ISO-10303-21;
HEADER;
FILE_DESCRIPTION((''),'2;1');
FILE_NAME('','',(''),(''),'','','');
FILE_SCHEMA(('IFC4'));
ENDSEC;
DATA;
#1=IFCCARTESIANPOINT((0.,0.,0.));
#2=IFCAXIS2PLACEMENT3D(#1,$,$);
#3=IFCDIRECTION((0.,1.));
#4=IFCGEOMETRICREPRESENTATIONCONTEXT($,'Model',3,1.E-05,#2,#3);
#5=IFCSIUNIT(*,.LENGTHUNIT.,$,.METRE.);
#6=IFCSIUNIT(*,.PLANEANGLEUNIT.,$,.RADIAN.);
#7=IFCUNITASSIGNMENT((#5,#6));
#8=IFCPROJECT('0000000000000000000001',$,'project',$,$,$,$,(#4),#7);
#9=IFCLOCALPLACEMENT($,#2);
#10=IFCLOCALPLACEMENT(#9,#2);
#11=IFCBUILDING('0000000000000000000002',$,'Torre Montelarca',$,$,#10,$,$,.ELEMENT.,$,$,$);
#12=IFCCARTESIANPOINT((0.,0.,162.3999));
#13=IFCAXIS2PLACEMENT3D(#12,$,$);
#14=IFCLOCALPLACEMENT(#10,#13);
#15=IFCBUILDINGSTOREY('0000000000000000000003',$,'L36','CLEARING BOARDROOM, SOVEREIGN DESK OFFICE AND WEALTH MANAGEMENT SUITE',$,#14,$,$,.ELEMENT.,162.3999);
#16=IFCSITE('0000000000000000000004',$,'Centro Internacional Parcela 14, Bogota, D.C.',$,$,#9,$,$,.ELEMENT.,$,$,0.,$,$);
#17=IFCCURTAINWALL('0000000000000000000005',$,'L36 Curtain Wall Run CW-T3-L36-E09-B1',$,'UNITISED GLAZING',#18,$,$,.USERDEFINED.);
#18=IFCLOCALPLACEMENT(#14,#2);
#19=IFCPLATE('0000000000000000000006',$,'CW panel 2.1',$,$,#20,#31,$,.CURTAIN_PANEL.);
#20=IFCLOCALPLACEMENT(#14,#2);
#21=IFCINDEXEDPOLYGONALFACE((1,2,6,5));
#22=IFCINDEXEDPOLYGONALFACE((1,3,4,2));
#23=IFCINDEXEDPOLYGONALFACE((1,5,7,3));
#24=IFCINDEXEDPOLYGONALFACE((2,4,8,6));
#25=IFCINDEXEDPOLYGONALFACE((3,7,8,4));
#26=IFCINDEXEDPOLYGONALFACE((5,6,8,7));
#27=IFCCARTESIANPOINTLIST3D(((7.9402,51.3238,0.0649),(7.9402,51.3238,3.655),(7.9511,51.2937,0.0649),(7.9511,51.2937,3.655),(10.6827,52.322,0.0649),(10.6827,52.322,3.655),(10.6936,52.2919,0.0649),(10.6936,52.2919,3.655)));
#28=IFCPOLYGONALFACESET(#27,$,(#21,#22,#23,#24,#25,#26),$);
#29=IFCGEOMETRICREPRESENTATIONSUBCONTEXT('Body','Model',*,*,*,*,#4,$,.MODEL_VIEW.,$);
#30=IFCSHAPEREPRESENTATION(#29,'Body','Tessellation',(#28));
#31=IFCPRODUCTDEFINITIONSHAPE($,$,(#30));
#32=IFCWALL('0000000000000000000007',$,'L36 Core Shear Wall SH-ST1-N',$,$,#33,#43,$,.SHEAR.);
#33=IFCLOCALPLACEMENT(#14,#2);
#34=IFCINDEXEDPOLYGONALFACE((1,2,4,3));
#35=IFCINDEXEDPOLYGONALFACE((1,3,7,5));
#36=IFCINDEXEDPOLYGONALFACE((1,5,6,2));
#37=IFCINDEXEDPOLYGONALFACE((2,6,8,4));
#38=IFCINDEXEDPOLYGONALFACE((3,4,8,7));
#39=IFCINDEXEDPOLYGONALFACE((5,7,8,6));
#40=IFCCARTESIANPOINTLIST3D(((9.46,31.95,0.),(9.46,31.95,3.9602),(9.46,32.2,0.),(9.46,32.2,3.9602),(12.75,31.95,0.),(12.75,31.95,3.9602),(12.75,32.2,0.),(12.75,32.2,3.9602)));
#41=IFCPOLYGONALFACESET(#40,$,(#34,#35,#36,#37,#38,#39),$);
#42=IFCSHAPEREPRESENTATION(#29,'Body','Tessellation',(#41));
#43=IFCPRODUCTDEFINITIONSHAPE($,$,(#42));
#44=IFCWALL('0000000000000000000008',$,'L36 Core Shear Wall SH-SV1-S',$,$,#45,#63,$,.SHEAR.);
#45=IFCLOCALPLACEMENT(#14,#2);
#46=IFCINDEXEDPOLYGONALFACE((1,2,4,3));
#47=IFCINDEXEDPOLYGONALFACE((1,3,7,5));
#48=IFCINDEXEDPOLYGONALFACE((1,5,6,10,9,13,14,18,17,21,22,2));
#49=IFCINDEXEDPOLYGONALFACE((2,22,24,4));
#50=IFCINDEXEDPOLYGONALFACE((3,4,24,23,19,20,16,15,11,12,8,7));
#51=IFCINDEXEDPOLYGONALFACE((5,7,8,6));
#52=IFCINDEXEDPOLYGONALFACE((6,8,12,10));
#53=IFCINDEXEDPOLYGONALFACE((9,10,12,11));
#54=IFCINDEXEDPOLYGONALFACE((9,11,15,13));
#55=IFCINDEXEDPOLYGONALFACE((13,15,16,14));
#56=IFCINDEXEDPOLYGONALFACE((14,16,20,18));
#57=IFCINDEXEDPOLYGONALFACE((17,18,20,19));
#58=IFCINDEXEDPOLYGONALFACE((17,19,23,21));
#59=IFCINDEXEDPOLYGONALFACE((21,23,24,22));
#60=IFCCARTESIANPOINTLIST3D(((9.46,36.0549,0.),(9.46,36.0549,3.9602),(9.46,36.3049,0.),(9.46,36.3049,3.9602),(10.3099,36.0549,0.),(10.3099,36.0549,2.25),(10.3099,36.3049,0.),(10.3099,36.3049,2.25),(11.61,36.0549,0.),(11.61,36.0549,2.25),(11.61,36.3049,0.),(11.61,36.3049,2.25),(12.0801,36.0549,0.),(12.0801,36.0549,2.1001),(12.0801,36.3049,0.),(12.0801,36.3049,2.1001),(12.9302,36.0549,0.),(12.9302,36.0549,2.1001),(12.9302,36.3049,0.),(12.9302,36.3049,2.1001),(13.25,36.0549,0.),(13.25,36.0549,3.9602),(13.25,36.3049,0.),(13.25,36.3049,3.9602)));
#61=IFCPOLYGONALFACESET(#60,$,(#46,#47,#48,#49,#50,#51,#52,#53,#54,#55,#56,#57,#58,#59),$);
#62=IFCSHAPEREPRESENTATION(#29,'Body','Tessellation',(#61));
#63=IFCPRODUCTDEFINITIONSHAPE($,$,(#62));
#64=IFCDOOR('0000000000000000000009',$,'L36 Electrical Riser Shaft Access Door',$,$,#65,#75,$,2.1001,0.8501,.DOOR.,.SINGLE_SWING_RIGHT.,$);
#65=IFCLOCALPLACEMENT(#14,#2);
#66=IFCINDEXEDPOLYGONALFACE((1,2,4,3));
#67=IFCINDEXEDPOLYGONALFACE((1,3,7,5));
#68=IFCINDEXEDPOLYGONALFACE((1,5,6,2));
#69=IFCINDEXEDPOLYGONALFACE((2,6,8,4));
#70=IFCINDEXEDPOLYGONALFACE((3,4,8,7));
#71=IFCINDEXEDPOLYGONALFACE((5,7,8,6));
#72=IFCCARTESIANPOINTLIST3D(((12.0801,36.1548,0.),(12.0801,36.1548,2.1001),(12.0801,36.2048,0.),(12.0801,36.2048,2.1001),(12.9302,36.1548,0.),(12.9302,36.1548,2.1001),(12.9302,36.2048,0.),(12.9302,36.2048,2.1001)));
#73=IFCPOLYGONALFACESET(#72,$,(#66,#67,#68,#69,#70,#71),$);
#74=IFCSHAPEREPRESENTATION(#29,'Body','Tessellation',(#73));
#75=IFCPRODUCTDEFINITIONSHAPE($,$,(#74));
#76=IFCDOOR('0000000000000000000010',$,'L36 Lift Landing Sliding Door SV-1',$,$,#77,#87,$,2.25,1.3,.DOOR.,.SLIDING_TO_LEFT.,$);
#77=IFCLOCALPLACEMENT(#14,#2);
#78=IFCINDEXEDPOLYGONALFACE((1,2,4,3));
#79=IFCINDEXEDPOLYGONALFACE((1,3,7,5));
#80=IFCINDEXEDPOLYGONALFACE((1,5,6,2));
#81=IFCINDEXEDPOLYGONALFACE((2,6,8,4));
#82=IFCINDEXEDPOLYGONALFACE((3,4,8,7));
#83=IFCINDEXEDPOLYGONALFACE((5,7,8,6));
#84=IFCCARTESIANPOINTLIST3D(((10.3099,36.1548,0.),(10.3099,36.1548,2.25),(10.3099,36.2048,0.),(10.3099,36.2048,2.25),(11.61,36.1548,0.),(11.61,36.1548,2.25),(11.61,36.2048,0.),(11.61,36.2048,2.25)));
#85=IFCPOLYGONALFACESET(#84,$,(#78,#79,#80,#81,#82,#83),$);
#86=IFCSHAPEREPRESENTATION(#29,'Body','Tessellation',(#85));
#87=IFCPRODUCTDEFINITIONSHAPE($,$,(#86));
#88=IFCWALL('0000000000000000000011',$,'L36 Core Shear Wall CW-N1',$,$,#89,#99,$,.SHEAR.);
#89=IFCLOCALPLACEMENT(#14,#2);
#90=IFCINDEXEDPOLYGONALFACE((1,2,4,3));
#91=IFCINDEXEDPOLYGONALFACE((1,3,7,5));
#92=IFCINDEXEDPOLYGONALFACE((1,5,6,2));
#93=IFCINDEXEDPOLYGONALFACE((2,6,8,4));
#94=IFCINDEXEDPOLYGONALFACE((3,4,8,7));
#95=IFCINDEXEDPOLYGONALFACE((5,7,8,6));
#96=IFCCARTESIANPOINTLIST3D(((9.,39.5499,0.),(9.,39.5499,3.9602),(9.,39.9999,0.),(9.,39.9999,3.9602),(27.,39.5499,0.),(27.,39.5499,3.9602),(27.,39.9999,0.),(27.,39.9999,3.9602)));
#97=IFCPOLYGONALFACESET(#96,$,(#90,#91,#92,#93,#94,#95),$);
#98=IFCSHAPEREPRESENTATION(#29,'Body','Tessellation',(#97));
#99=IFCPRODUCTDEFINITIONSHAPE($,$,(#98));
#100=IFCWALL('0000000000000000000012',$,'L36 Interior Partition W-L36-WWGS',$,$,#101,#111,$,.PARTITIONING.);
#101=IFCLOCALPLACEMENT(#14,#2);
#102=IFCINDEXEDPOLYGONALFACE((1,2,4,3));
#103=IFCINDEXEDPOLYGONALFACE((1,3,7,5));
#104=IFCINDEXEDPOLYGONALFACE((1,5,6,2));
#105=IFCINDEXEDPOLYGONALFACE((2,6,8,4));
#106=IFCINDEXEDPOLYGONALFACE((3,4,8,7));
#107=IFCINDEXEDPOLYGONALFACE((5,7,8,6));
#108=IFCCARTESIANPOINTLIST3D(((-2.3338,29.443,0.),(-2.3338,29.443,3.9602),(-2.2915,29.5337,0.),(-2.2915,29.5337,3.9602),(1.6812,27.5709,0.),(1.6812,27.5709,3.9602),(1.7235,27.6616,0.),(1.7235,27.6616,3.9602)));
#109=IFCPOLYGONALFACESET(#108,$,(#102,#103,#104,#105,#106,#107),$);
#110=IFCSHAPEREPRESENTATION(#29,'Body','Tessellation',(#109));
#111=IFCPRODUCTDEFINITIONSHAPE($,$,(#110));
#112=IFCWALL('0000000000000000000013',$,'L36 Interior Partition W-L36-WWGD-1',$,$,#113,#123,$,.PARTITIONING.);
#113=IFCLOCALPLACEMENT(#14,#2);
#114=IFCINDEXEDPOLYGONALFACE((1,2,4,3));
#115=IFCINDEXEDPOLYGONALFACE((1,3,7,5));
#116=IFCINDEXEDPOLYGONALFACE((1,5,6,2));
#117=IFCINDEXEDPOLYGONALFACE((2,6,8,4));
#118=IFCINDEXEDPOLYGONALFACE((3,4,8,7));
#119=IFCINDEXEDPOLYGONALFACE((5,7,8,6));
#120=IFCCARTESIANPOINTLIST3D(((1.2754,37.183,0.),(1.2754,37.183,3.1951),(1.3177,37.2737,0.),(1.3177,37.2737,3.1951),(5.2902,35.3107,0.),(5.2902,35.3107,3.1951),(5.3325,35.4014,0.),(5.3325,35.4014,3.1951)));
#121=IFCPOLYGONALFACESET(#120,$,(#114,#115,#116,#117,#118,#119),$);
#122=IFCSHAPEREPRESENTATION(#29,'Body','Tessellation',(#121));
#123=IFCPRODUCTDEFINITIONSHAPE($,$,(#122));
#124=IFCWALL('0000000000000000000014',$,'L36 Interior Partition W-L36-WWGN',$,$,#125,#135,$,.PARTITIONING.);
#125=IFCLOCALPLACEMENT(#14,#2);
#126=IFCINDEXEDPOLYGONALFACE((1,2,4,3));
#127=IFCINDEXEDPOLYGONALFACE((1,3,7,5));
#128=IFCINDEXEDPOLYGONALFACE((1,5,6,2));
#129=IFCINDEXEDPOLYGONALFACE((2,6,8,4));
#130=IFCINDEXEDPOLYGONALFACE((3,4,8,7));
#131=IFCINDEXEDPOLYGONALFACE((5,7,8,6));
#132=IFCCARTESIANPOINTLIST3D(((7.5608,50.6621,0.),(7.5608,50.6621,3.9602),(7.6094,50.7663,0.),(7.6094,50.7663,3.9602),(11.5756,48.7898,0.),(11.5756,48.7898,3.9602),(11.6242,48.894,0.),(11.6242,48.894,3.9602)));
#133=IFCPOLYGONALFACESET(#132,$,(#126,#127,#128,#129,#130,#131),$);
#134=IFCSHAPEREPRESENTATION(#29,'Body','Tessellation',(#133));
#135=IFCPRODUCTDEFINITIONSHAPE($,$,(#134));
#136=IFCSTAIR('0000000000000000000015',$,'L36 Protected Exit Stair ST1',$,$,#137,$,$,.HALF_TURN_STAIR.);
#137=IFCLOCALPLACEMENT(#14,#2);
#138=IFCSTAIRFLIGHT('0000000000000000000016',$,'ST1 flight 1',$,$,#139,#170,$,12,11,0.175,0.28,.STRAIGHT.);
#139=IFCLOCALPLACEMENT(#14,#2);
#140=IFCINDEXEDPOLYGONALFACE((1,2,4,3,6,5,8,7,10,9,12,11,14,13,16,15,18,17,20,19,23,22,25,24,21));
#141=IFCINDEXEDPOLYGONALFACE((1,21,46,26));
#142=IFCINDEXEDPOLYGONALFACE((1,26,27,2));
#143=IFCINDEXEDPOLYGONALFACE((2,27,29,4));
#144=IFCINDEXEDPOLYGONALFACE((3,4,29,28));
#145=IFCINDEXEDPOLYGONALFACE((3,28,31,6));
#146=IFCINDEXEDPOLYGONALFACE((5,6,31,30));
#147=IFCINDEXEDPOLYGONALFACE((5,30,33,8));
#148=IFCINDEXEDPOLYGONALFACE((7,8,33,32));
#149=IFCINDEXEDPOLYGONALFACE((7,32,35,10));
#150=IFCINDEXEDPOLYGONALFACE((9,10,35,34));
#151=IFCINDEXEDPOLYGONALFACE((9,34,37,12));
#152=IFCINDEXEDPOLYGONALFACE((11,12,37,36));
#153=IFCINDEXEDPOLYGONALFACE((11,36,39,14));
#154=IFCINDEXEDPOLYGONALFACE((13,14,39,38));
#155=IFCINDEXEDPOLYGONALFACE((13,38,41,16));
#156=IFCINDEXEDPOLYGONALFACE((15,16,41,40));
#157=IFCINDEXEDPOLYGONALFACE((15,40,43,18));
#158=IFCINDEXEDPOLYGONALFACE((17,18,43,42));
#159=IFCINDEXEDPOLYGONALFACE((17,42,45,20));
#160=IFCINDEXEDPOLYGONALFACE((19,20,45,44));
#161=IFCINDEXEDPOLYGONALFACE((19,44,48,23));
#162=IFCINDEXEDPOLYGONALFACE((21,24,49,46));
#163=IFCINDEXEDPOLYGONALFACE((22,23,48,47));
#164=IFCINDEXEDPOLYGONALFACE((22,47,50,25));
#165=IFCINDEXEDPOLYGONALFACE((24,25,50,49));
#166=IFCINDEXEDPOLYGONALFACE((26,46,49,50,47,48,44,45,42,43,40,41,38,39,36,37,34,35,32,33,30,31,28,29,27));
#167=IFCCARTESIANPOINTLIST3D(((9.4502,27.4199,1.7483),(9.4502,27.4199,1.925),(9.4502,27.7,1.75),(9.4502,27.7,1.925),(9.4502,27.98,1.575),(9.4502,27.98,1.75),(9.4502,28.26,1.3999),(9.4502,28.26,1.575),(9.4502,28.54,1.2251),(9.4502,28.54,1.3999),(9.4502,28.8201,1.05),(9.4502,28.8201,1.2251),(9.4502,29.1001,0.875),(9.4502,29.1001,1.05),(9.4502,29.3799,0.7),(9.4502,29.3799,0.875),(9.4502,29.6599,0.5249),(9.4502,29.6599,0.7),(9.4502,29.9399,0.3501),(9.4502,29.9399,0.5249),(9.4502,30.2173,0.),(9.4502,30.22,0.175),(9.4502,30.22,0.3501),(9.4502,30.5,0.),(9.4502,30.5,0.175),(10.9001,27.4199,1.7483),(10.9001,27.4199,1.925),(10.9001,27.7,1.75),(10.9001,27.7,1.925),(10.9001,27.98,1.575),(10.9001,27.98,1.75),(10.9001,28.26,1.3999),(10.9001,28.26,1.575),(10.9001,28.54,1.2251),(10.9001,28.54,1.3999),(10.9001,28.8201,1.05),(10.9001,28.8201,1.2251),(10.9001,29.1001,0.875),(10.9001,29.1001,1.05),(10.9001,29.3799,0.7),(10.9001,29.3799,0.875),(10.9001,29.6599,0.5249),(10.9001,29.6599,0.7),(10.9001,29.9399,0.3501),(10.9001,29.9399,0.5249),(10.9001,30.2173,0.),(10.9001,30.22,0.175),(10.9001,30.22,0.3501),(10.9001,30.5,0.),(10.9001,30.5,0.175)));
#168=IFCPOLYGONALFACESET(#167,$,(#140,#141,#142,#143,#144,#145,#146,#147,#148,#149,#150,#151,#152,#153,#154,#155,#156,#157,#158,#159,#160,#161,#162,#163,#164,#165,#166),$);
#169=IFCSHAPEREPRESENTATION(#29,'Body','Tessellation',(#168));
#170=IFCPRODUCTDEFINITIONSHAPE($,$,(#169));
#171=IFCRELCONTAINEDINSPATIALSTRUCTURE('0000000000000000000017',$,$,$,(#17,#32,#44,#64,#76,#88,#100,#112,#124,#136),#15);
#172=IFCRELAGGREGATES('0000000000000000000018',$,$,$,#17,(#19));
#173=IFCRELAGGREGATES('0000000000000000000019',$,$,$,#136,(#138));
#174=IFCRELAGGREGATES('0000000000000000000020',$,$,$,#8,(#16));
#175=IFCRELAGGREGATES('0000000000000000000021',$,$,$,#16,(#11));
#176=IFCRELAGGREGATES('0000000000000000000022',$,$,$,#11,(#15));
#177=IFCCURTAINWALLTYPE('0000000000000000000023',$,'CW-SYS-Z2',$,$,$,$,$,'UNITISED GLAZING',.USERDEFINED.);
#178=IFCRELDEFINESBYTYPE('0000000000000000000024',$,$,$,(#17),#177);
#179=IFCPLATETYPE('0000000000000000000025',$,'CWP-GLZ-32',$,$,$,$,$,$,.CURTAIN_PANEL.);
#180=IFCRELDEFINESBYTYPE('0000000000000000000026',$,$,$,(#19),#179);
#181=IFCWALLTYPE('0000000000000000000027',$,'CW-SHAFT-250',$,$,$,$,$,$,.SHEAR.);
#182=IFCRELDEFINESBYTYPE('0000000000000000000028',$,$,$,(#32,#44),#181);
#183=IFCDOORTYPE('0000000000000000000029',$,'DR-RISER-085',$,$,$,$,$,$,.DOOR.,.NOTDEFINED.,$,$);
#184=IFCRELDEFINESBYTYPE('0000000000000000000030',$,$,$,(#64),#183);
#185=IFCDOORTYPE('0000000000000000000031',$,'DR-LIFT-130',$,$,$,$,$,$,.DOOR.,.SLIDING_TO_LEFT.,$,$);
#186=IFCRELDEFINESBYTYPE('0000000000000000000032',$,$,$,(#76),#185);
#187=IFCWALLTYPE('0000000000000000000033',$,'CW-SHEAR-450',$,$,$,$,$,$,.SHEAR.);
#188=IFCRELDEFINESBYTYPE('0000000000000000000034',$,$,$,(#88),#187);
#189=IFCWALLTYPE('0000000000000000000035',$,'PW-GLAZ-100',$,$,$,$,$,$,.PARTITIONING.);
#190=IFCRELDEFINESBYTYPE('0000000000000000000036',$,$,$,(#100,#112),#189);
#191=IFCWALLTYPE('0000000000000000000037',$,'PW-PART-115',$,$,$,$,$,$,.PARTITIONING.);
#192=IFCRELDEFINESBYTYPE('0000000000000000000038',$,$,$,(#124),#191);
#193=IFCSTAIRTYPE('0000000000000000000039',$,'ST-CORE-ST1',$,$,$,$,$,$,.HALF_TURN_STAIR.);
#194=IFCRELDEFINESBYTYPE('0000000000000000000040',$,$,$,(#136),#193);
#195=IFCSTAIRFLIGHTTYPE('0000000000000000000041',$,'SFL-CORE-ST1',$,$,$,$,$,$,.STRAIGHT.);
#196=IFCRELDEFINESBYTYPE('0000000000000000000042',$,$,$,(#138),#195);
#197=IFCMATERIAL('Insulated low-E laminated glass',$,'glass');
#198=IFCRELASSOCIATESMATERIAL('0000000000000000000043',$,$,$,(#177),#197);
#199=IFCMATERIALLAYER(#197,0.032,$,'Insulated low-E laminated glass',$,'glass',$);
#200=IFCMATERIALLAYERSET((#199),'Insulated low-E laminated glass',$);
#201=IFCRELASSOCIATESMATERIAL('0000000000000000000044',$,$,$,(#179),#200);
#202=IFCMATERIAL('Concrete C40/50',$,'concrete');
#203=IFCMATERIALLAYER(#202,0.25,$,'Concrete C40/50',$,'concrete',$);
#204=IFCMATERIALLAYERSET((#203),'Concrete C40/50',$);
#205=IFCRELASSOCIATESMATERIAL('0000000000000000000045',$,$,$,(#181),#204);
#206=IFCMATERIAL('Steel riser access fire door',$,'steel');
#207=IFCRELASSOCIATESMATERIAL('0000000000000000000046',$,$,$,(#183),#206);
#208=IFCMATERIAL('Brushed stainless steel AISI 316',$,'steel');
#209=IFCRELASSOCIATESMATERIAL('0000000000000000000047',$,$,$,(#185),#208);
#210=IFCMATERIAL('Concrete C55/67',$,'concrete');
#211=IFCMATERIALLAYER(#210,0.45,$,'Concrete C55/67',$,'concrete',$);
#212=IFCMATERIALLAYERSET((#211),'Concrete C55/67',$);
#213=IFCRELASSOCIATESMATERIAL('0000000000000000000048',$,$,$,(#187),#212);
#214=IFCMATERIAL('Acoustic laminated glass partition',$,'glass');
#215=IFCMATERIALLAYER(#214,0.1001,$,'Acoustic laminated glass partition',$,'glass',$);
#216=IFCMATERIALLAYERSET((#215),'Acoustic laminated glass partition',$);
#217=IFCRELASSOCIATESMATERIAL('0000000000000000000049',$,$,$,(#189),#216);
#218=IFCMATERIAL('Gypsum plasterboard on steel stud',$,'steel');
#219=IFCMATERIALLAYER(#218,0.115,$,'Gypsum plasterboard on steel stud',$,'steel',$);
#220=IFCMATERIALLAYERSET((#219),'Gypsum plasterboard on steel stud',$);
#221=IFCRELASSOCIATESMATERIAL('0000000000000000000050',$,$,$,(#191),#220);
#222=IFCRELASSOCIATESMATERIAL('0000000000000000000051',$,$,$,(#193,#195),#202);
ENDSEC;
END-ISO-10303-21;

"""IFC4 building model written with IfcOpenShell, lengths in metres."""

from ifc_helpers import new_model, si_unit, direction, frame, frame_2d, origin, origin_2d, place, context, subcontext, project, spatial, polyline, rectangle, outline, extrude, source, transform, mapped, material, layer, layer_set, type_object, element, fill, aggregate, save


model = new_model("IFC4")

# Units and contexts
model_context = context("Model", 3, precision=1e-05, world=origin(), true_north=direction((0.0, 1.0)))
body_context = subcontext(model_context, "Body", "Model", "MODEL_VIEW")
ifc_project = project(units=[si_unit("LENGTHUNIT", "METRE"), si_unit("PLANEANGLEUNIT", "RADIAN")], contexts=[model_context])

# Site, building, storey
site_placement = place(None, origin())
site = spatial("IfcSite", under=ifc_project, at=site_placement, Name="Centro Internacional Parcela 14, Bogota, D.C.", CompositionType="ELEMENT", RefElevation=0.0)
building_placement = place(site_placement, origin())
building = spatial("IfcBuilding", under=site, at=building_placement, Name="Torre Montelarca", CompositionType="ELEMENT")
storey_placement = place(building_placement, frame((0.0, 0.0, 162.3999)))
storey = spatial("IfcBuildingStorey", under=building, at=storey_placement, Name="L36", Description="CLEARING BOARDROOM, SOVEREIGN DESK OFFICE AND WEALTH MANAGEMENT SUITE", CompositionType="ELEMENT", Elevation=162.3999)

# Shared definitions
ifc_material_1 = material(Name="Concrete C55/67", Category="concrete")

# Shared definitions
ifc_material_2 = material(Name="Insulated low-E laminated glass", Category="glass")
curtain_wall_type = type_object("IfcCurtainWallType", Name="CW-SYS-Z2", ElementType="UNITISED GLAZING", PredefinedType="USERDEFINED", material=ifc_material_2)

# Curtain wall
curtain_wall_1_placement = place(storey_placement, origin())
curtain_wall_1 = element("IfcCurtainWall", 1, at=curtain_wall_1_placement, inside=storey, type_object=curtain_wall_type, Name="L36 Curtain Wall Run CW-T3-L36-E09-B1", ObjectType="UNITISED GLAZING", PredefinedType="USERDEFINED")

# Plate
ifc_layer_1 = layer(ifc_material_2, 0.032, Name="Insulated low-E laminated glass", Category="glass")
ifc_layer_set_1 = layer_set([ifc_layer_1], Name="Insulated low-E laminated glass")
plate_type_1 = type_object("IfcPlateType", Name="CWP-GLZ-32", PredefinedType="CURTAIN_PANEL", material=ifc_layer_set_1)
shared_shape_1 = source(origin(), body_context, "Body", "SweptSolid", [
    extrude(rectangle(XDim=2.9185, YDim=0.032, at=origin_2d()), origin(), (0.0, 0.0, 1.0), 3.5901),
])
plate_1_placement = place(storey_placement, frame((9.3169, 51.8079, 0.0649), z_axis=(0.0, 0.0, 1.0), x_axis=(-0.939692, -0.342021, 0.0)))
plate_1 = element("IfcPlate", 2, at=plate_1_placement, type_object=plate_type_1, Name="CW panel 2.1", PredefinedType="CURTAIN_PANEL", context=body_context, shape_type="MappedRepresentation", body=[
    mapped(shared_shape_1, transform((0.0, 0.0, 0.0), scale=1.0)),
])
aggregate(curtain_wall_1, [plate_1])

# Wall
ifc_material_3 = material(Name="Concrete C40/50", Category="concrete")
ifc_layer_2 = layer(ifc_material_3, 0.25, Name="Concrete C40/50", Category="concrete")
ifc_layer_set_2 = layer_set([ifc_layer_2], Name="Concrete C40/50")
wall_type_1 = type_object("IfcWallType", Name="CW-SHAFT-250", PredefinedType="SHEAR", material=ifc_layer_set_2)
wall_1_placement = place(storey_placement, frame((9.46, 32.075, 0.0), z_axis=(0.0, 0.0, 1.0), x_axis=(1.0, 0.0, 0.0)))
element("IfcWall", 3, at=wall_1_placement, inside=storey, type_object=wall_type_1, Name="L36 Core Shear Wall SH-ST1-N", PredefinedType="SHEAR", context=body_context, shape_type="SweptSolid", body=[
    extrude(rectangle(XDim=3.29, YDim=0.25, at=frame_2d((1.645, 0.0))), origin(), (0.0, 0.0, 1.0), 3.9602),
])

# Wall, openings, doors
wall_2_placement = place(storey_placement, frame((9.46, 36.1799, 0.0), z_axis=(0.0, 0.0, 1.0), x_axis=(1.0, 0.0, 0.0)))
wall_2 = element("IfcWall", 4, at=wall_2_placement, inside=storey, type_object=wall_type_1, Name="L36 Core Shear Wall SH-SV1-S", PredefinedType="SHEAR", context=body_context, shape_type="SweptSolid", body=[
    extrude(rectangle(XDim=3.79, YDim=0.25, at=frame_2d((1.895, 0.0))), origin(), (0.0, 0.0, 1.0), 3.9602),
])
opening_1_placement = place(wall_2_placement, frame((2.6201, 0.0, 0.0)))
opening_1 = element("IfcOpeningElement", 5, at=opening_1_placement, cuts=wall_2, PredefinedType="OPENING", context=body_context, shape_type="SweptSolid", body=[
    extrude(rectangle(XDim=0.8501, YDim=2.1001, at=frame_2d((0.425, 1.05))), frame((0.0, 0.135, 0.0), z_axis=(0.0, -1.0, 0.0), x_axis=(1.0, 0.0, 0.0)), (0.0, 0.0, 1.0), 0.27),
])
opening_2_placement = place(wall_2_placement, frame((0.8501, 0.0, 0.0)))
opening_2 = element("IfcOpeningElement", 6, at=opening_2_placement, cuts=wall_2, PredefinedType="OPENING", context=body_context, shape_type="SweptSolid", body=[
    extrude(rectangle(XDim=1.3, YDim=2.25, at=frame_2d((0.6499, 1.125))), frame((0.0, 0.135, 0.0), z_axis=(0.0, -1.0, 0.0), x_axis=(1.0, 0.0, 0.0)), (0.0, 0.0, 1.0), 0.27),
])
ifc_material_4 = material(Name="Steel riser access fire door", Category="steel")
door_type_1 = type_object("IfcDoorType", Name="DR-RISER-085", OperationType="NOTDEFINED", PredefinedType="DOOR", material=ifc_material_4)
shared_shape_2 = source(origin(), body_context, "Body", "SweptSolid", [
    extrude(rectangle(XDim=0.8501, YDim=2.1001, at=frame_2d((0.425, 1.05))), frame((0.0, 0.0249, 0.0), z_axis=(0.0, -1.0, 0.0), x_axis=(1.0, 0.0, 0.0)), (0.0, 0.0, 1.0), 0.05),
])
door_1_placement = place(opening_1_placement, origin())
door_1 = element("IfcDoor", 7, at=door_1_placement, inside=storey, type_object=door_type_1, Name="L36 Electrical Riser Shaft Access Door", OperationType="SINGLE_SWING_RIGHT", OverallHeight=2.1001, OverallWidth=0.8501, PredefinedType="DOOR", context=body_context, shape_type="MappedRepresentation", body=[
    mapped(shared_shape_2, transform((0.0, 0.0, 0.0), scale=1.0)),
])
fill(opening_1, door_1)
ifc_material_5 = material(Name="Brushed stainless steel AISI 316", Category="steel")
door_type_2 = type_object("IfcDoorType", Name="DR-LIFT-130", OperationType="SLIDING_TO_LEFT", PredefinedType="DOOR", material=ifc_material_5)
shared_shape_3 = source(origin(), body_context, "Body", "SweptSolid", [
    extrude(rectangle(XDim=1.3, YDim=2.25, at=frame_2d((0.6499, 1.125))), frame((0.0, 0.0249, 0.0), z_axis=(0.0, -1.0, 0.0), x_axis=(1.0, 0.0, 0.0)), (0.0, 0.0, 1.0), 0.05),
])
door_2_placement = place(opening_2_placement, origin())
door_2 = element("IfcDoor", 8, at=door_2_placement, inside=storey, type_object=door_type_2, Name="L36 Lift Landing Sliding Door SV-1", OperationType="SLIDING_TO_LEFT", OverallHeight=2.25, OverallWidth=1.3, PredefinedType="DOOR", context=body_context, shape_type="MappedRepresentation", body=[
    mapped(shared_shape_3, transform((0.0, 0.0, 0.0), scale=1.0)),
])
fill(opening_2, door_2)

# Wall
ifc_layer_3 = layer(ifc_material_1, 0.45, Name="Concrete C55/67", Category="concrete")
ifc_layer_set_3 = layer_set([ifc_layer_3], Name="Concrete C55/67")
wall_type_2 = type_object("IfcWallType", Name="CW-SHEAR-450", PredefinedType="SHEAR", material=ifc_layer_set_3)
wall_3_placement = place(storey_placement, frame((9.0, 39.7749, 0.0), z_axis=(0.0, 0.0, 1.0), x_axis=(1.0, 0.0, 0.0)))
element("IfcWall", 9, at=wall_3_placement, inside=storey, type_object=wall_type_2, Name="L36 Core Shear Wall CW-N1", PredefinedType="SHEAR", context=body_context, shape_type="SweptSolid", body=[
    extrude(rectangle(XDim=18.0, YDim=0.45, at=frame_2d((9.0, 0.0))), origin(), (0.0, 0.0, 1.0), 3.9602),
])

# Shared definitions
ifc_material_6 = material(Name="Gypsum plasterboard on steel stud", Category="steel")

# Walls
ifc_material_7 = material(Name="Acoustic laminated glass partition", Category="glass")
ifc_layer_4 = layer(ifc_material_7, 0.1001, Name="Acoustic laminated glass partition", Category="glass")
ifc_layer_set_4 = layer_set([ifc_layer_4], Name="Acoustic laminated glass partition")
wall_type_3 = type_object("IfcWallType", Name="PW-GLAZ-100", PredefinedType="PARTITIONING", material=ifc_layer_set_4)
wall_4_placement = place(storey_placement, frame((-2.3125, 29.4883, 0.0), z_axis=(0.0, 0.0, 1.0), x_axis=(0.906317, -0.422599, 0.0)))
element("IfcWall", 10, at=wall_4_placement, inside=storey, type_object=wall_type_3, Name="L36 Interior Partition W-L36-WWGS", PredefinedType="PARTITIONING", context=body_context, shape_type="SweptSolid", body=[
    extrude(rectangle(XDim=4.4299, YDim=0.1001, at=frame_2d((2.2148, 0.0))), origin(), (0.0, 0.0, 1.0), 3.9602),
])
wall_5_placement = place(storey_placement, frame((1.2966, 37.2283, 0.0), z_axis=(0.0, 0.0, 1.0), x_axis=(0.906296, -0.422644, 0.0)))
element("IfcWall", 11, at=wall_5_placement, inside=storey, type_object=wall_type_3, Name="L36 Interior Partition W-L36-WWGD-1", PredefinedType="PARTITIONING", context=body_context, shape_type="SweptSolid", body=[
    extrude(rectangle(XDim=4.4299, YDim=0.1001, at=frame_2d((2.2148, 0.0))), origin(), (0.0, 0.0, 1.0), 3.1951),
])
ifc_layer_5 = layer(ifc_material_6, 0.115, Name="Gypsum plasterboard on steel stud", Category="steel")
ifc_layer_set_5 = layer_set([ifc_layer_5], Name="Gypsum plasterboard on steel stud")
wall_type_4 = type_object("IfcWallType", Name="PW-PART-115", PredefinedType="PARTITIONING", material=ifc_layer_set_5)
wall_6_placement = place(storey_placement, frame((7.5852, 50.7141, 0.0), z_axis=(0.0, 0.0, 1.0), x_axis=(0.906296, -0.422644, 0.0)))
element("IfcWall", 12, at=wall_6_placement, inside=storey, type_object=wall_type_4, Name="L36 Interior Partition W-L36-WWGN", PredefinedType="PARTITIONING", context=body_context, shape_type="SweptSolid", body=[
    extrude(rectangle(XDim=4.4299, YDim=0.115, at=frame_2d((2.2148, 0.0))), origin(), (0.0, 0.0, 1.0), 3.9602),
])

# Stair, stair flight
stair_type = type_object("IfcStairType", Name="ST-CORE-ST1", PredefinedType="HALF_TURN_STAIR", material=ifc_material_3)
stair_placement = place(storey_placement, origin())
stair = element("IfcStair", 13, at=stair_placement, inside=storey, type_object=stair_type, Name="L36 Protected Exit Stair ST1", PredefinedType="HALF_TURN_STAIR")
stair_flight_type = type_object("IfcStairFlightType", Name="SFL-CORE-ST1", PredefinedType="STRAIGHT", material=ifc_material_3)
stair_flight_placement = place(storey_placement, frame((10.175, 30.5, 0.0), z_axis=(0.0, 0.0, 1.0), x_axis=(0.0, -1.0, 0.0)))
stair_flight = element("IfcStairFlight", 14, at=stair_flight_placement, type_object=stair_flight_type, Name="ST1 flight 1", NumberOfRisers=12, NumberOfTreads=11, PredefinedType="STRAIGHT", RiserHeight=0.175, TreadLength=0.28, context=body_context, shape_type="SweptSolid", body=[
    extrude(outline(polyline([(0.0, 0.0), (0.0, 0.175), (0.28, 0.175), (0.28, 0.3501), (0.5601, 0.3501), (0.5601, 0.5249), (0.8401, 0.5249), (0.8401, 0.7), (1.1201, 0.7), (1.1201, 0.875), (1.3999, 0.875), (1.3999, 1.05), (1.6799, 1.05), (1.6799, 1.2251), (1.96, 1.2251), (1.96, 1.3999), (2.24, 1.3999), (2.24, 1.575), (2.52, 1.575), (2.52, 1.75), (2.8, 1.75), (2.8, 1.925), (3.0801, 1.925), (3.0801, 2.1001), (3.0801, 1.7483), (0.2827, 0.0), (0.0, 0.0)])), frame((0.0, 0.7251, 0.0), z_axis=(0.0, -1.0, 0.0), x_axis=(1.0, 0.0, 0.0)), (0.0, 0.0, 1.0), 1.45),
])
aggregate(stair, [stair_flight])

save(model, "model.ifc")
